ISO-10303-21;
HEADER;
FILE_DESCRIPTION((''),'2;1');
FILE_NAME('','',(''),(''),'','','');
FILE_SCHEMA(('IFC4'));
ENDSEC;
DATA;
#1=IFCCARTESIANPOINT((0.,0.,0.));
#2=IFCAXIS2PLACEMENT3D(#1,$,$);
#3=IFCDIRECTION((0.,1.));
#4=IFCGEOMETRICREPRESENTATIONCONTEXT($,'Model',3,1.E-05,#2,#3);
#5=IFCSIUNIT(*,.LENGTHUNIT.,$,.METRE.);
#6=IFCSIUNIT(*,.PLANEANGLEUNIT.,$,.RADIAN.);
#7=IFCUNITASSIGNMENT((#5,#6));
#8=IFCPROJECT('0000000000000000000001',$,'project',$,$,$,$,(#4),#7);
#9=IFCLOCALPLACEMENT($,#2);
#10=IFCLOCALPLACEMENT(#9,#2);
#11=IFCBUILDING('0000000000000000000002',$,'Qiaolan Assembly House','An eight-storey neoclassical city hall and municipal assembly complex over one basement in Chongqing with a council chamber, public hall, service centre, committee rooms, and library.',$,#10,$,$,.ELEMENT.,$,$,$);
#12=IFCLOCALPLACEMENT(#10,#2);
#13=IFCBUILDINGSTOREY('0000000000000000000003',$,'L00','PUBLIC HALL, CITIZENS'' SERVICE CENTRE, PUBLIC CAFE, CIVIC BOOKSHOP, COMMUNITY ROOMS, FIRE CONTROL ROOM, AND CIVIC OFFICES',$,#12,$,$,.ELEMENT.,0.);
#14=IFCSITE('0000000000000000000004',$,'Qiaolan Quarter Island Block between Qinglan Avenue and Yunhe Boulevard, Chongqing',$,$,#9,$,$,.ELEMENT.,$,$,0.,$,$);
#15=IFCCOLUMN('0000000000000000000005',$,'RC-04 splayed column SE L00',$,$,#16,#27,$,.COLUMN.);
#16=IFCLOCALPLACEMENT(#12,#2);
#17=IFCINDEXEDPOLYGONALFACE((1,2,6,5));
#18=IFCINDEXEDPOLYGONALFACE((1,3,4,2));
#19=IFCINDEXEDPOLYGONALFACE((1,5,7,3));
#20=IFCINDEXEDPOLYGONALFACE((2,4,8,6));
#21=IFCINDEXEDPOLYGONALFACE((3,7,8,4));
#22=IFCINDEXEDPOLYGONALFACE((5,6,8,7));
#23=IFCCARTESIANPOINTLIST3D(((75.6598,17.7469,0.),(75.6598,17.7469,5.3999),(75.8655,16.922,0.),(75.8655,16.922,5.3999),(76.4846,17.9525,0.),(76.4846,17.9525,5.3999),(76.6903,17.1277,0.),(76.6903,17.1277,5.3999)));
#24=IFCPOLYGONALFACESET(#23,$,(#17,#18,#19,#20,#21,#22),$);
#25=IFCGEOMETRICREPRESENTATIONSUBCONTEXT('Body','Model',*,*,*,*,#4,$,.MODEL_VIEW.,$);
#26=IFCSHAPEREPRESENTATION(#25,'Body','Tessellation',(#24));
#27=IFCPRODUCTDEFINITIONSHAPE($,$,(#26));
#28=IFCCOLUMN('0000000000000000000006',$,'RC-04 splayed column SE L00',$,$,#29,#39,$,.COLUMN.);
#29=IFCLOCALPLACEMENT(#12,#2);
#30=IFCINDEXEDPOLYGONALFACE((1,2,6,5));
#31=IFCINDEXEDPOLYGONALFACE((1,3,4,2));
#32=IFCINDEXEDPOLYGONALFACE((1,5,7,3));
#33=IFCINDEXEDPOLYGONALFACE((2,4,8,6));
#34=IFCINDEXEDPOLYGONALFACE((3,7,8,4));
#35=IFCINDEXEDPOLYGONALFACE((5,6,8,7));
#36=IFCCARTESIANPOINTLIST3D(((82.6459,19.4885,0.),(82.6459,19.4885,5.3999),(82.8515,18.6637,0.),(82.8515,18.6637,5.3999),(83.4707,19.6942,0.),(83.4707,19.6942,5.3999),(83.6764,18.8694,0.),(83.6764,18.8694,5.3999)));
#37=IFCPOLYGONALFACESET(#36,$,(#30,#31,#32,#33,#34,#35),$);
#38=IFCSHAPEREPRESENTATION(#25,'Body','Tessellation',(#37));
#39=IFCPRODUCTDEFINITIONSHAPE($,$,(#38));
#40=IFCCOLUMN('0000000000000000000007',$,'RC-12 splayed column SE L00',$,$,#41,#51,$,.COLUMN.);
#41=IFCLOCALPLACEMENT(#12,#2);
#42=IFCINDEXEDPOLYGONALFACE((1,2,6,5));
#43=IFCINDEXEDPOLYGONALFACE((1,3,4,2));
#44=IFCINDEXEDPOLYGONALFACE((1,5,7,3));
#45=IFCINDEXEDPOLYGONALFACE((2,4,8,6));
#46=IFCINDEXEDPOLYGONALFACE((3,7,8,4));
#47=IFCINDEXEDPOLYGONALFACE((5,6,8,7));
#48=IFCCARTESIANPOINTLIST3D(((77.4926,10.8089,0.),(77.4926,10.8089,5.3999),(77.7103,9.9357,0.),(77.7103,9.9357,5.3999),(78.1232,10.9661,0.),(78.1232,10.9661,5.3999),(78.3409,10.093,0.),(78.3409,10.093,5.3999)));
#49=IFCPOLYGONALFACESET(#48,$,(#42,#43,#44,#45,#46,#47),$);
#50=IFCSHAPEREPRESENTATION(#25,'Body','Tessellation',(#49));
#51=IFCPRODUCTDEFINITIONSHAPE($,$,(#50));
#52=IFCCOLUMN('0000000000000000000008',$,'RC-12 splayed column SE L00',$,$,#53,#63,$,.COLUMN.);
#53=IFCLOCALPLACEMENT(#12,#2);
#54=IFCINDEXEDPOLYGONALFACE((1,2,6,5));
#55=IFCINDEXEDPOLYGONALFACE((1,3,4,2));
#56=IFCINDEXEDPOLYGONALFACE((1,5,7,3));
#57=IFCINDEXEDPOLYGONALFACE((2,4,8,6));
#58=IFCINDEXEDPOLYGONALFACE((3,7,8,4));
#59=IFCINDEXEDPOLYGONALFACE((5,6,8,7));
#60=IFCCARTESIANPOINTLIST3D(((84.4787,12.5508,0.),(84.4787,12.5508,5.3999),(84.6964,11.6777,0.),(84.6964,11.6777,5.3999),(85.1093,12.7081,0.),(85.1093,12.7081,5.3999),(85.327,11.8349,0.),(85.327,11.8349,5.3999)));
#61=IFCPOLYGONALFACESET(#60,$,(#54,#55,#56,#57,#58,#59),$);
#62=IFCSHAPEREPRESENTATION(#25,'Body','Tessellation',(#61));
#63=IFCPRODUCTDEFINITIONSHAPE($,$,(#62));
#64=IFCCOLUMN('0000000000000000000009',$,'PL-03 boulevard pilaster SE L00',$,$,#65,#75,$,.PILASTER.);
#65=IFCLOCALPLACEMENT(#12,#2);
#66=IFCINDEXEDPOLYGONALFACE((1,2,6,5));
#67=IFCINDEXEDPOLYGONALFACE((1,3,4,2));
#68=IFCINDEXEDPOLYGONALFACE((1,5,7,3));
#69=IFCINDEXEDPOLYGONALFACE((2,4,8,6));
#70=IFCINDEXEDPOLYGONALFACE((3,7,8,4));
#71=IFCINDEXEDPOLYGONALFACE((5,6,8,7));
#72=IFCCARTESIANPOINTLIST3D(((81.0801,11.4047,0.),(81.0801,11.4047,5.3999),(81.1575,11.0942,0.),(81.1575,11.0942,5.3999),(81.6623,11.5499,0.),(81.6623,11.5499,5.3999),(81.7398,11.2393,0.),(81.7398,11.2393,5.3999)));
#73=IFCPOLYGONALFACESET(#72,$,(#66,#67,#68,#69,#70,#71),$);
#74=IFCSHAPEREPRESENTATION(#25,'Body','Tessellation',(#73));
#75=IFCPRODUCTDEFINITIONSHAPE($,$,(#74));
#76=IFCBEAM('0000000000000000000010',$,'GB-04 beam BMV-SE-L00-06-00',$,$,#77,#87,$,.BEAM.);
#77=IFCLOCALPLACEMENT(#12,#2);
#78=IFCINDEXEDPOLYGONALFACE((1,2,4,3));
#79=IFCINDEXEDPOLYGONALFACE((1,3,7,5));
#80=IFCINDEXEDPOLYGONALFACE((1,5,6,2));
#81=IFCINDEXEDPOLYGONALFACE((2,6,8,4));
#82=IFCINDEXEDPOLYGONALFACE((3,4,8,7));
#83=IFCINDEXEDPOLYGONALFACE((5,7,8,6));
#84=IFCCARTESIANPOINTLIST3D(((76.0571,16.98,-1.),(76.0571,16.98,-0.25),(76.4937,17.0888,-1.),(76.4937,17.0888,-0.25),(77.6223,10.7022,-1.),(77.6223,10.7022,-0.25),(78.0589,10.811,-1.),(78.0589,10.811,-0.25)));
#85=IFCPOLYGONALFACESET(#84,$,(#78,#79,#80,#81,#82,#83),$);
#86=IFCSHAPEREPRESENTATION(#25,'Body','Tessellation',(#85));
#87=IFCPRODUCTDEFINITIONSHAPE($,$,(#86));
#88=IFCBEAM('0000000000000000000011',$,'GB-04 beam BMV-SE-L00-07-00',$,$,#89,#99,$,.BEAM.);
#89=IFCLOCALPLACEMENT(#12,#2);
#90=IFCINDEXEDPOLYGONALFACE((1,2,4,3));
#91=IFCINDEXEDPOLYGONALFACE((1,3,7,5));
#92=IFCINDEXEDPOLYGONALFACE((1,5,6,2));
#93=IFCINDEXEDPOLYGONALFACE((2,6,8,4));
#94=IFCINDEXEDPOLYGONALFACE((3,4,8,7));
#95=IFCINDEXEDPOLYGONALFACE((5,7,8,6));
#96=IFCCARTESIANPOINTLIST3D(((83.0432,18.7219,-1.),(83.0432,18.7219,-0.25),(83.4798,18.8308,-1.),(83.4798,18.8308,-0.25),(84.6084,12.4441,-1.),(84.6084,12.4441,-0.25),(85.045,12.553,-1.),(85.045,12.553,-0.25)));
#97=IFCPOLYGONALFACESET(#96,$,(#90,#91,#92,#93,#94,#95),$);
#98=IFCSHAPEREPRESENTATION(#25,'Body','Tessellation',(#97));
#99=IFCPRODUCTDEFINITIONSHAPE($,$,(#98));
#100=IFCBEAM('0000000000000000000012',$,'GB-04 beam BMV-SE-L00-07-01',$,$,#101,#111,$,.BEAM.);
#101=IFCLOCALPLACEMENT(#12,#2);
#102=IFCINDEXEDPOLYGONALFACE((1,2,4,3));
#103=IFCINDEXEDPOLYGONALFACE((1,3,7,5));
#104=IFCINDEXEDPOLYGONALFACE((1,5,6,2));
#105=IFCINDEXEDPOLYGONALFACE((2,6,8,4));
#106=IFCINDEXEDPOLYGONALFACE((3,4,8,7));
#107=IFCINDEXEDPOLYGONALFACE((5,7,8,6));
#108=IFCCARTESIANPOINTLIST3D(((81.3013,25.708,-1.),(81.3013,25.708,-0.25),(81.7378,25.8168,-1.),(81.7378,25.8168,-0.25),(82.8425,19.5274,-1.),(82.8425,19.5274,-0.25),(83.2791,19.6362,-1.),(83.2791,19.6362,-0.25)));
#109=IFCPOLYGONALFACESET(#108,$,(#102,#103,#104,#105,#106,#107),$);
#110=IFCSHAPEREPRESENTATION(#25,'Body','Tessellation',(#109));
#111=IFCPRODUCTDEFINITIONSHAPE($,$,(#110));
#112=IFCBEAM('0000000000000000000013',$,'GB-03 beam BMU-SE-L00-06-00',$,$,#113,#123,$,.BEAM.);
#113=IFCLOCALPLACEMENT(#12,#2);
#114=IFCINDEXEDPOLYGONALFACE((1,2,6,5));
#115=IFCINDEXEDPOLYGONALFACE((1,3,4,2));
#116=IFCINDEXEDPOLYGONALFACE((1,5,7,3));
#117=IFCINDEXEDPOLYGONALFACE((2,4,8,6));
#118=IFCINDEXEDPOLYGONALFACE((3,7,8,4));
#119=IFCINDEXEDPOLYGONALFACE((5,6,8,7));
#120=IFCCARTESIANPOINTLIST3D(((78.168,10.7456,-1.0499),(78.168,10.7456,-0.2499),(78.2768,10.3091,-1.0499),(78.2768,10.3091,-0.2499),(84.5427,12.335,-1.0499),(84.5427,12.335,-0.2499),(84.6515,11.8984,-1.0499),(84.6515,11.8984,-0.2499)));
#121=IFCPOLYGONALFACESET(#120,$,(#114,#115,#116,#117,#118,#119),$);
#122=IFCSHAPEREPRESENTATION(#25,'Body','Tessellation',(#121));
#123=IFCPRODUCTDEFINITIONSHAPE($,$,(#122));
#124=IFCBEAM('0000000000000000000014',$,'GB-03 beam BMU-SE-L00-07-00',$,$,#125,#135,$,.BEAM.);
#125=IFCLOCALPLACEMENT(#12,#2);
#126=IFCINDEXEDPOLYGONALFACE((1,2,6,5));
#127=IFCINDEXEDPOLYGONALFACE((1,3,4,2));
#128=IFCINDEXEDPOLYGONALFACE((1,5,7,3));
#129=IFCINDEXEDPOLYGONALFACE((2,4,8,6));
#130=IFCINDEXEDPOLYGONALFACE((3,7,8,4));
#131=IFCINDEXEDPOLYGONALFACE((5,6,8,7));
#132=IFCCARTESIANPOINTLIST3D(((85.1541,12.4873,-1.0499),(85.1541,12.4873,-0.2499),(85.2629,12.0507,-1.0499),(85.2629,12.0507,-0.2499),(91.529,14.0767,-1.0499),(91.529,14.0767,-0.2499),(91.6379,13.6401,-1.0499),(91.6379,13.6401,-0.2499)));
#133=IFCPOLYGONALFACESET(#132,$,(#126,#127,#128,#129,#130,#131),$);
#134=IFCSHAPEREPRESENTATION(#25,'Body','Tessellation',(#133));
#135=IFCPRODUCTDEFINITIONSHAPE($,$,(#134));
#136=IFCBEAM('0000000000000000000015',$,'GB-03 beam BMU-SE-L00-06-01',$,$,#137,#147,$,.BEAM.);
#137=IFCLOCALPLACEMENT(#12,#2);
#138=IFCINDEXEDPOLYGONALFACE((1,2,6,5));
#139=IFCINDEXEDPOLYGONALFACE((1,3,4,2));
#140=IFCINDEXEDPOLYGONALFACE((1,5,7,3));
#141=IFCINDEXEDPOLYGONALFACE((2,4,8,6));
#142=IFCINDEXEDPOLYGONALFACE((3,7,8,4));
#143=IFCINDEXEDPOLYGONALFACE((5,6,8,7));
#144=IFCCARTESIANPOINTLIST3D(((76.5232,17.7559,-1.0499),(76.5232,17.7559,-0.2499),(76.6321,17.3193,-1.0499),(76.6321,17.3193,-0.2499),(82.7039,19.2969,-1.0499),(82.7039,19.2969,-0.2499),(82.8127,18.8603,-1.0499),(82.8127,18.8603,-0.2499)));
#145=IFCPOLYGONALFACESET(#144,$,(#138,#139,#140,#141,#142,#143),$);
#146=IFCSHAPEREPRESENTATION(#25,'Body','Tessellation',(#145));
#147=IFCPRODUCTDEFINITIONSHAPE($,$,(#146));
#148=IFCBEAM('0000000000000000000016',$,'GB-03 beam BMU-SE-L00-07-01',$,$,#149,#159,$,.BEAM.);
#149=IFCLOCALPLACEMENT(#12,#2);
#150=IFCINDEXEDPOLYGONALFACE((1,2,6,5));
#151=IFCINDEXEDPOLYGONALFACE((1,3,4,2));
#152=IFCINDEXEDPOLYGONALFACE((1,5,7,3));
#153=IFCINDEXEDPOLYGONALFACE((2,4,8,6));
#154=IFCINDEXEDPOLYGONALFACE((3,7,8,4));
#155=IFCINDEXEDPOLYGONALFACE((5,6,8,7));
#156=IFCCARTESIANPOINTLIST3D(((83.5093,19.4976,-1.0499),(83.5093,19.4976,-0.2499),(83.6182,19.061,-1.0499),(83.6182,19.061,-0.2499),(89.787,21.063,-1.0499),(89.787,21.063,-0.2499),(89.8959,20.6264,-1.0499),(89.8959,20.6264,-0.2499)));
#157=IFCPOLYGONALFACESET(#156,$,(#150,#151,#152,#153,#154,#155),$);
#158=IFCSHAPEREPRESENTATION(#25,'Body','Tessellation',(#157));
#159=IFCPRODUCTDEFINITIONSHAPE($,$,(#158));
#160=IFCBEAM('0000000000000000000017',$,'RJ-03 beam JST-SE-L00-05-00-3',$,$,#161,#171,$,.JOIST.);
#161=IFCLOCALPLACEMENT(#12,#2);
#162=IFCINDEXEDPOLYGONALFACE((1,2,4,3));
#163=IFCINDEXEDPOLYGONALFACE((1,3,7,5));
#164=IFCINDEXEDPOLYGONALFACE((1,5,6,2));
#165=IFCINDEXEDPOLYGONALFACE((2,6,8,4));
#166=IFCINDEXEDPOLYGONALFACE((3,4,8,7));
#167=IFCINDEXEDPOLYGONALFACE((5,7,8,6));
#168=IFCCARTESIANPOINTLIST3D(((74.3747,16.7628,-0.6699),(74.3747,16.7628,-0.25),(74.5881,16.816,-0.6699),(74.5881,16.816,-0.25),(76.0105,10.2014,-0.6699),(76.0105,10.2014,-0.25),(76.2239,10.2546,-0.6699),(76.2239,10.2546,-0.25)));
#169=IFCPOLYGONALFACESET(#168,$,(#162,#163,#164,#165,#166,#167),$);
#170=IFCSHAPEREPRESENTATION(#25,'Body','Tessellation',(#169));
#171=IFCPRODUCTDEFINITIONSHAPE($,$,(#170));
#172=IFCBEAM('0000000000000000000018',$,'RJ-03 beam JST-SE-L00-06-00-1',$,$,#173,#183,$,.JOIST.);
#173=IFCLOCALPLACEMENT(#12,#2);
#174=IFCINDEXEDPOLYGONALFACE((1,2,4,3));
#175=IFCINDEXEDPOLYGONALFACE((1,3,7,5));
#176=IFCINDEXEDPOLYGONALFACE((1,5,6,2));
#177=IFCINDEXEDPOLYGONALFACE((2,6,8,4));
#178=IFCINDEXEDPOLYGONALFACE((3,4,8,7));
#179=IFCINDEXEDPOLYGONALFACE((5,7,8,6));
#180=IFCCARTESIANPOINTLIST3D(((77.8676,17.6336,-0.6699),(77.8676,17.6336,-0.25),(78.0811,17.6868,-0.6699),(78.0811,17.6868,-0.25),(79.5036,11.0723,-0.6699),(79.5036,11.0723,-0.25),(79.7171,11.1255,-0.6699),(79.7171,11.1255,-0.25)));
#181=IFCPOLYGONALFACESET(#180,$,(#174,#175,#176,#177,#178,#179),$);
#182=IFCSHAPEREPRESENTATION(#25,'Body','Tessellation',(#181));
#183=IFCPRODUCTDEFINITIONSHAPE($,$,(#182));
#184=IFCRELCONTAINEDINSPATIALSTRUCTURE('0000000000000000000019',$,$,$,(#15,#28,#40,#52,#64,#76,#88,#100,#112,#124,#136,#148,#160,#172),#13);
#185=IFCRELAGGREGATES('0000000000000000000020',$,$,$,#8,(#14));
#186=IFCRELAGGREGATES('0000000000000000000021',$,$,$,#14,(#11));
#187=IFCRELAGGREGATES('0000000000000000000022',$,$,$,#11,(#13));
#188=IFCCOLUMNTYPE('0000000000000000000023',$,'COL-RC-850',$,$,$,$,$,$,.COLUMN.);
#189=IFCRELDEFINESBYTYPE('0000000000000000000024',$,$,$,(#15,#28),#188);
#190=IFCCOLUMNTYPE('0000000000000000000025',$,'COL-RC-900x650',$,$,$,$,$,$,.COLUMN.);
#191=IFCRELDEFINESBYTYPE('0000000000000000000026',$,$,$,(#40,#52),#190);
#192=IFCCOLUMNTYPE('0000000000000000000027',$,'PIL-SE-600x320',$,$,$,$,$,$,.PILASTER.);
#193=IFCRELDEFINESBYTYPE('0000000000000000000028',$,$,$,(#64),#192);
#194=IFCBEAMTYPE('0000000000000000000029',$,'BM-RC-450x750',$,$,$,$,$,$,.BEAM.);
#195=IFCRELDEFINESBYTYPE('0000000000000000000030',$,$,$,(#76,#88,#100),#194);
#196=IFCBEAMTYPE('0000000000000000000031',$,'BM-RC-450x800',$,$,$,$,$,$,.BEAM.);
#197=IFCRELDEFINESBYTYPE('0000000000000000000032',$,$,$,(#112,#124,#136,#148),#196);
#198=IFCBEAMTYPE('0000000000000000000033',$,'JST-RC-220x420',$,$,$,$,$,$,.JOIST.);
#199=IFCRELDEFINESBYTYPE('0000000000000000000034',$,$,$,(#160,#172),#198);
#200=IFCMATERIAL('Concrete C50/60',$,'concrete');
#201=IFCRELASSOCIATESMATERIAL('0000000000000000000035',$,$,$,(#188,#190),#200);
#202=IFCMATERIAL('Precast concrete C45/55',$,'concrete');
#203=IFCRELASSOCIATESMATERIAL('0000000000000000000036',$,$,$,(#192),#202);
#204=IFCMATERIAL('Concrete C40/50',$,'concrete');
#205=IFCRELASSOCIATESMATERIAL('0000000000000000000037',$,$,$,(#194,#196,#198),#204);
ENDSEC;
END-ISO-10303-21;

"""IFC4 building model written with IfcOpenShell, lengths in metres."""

from ifc_helpers import new_model, si_unit, direction, frame, origin, origin_2d, place, context, subcontext, project, spatial, rectangle, extrude, material, material_profile, profile_set, type_object, element, save


model = new_model("IFC4")

# Units and contexts
model_context = context("Model", 3, precision=1e-05, world=origin(), true_north=direction((0.0, 1.0)))
body_context = subcontext(model_context, "Body", "Model", "MODEL_VIEW")
ifc_project = project(units=[si_unit("LENGTHUNIT", "METRE"), si_unit("PLANEANGLEUNIT", "RADIAN")], contexts=[model_context])

# Site, building, storey
site_placement = place(None, origin())
site = spatial("IfcSite", under=ifc_project, at=site_placement, Name="Qiaolan Quarter Island Block between Qinglan Avenue and Yunhe Boulevard, Chongqing", CompositionType="ELEMENT", RefElevation=0.0)
building_placement = place(site_placement, origin())
building = spatial("IfcBuilding", under=site, at=building_placement, Name="Qiaolan Assembly House", Description="An eight-storey neoclassical city hall and municipal assembly complex over one basement in Chongqing with a council chamber, public hall, service centre, committee rooms, and library.", CompositionType="ELEMENT")
storey_placement = place(building_placement, origin())
storey = spatial("IfcBuildingStorey", under=building, at=storey_placement, Name="L00", Description="PUBLIC HALL, CITIZENS' SERVICE CENTRE, PUBLIC CAFE, CIVIC BOOKSHOP, COMMUNITY ROOMS, FIRE CONTROL ROOM, AND CIVIC OFFICES", CompositionType="ELEMENT", Elevation=0.0)

# Columns
ifc_material_1 = material(Name="Concrete C50/60", Category="concrete")
ifc_material_profile_1 = material_profile(ifc_material_1, rectangle(XDim=0.8501, YDim=0.8501, at=origin_2d()), Name="RC 850x850")
ifc_profile_set_1 = profile_set([ifc_material_profile_1], Name="Concrete C50/60")
column_type_1 = type_object("IfcColumnType", Name="COL-RC-850", PredefinedType="COLUMN", material=ifc_profile_set_1)
for number, where, z_axis, x_axis, name in (
    (1, (76.175, 17.4373, 0.0), (0.0, 0.0, 1.0), (0.970296, 0.241922, 0.0), "RC-04 splayed column SE L00"),
    (2, (83.1611, 19.179, 0.0), (0.0, 0.0, 1.0), (0.970296, 0.241922, 0.0), "RC-04 splayed column SE L00"),
):
    element("IfcColumn", number, at=place(storey_placement, frame(where, z_axis=z_axis, x_axis=x_axis)), inside=storey, type_object=column_type_1, Name=name, PredefinedType="COLUMN", context=body_context, shape_type="SweptSolid", body=[
        extrude(rectangle(XDim=0.8501, YDim=0.8501, at=origin_2d()), origin(), (0.0, 0.0, 1.0), 5.3999),
    ])
ifc_material_profile_2 = material_profile(ifc_material_1, rectangle(XDim=0.6499, YDim=0.8999, at=origin_2d()), Name="RC 900x650")
ifc_profile_set_2 = profile_set([ifc_material_profile_2], Name="Concrete C50/60")
column_type_2 = type_object("IfcColumnType", Name="COL-RC-900x650", PredefinedType="COLUMN", material=ifc_profile_set_2)
for number, where, z_axis, x_axis, name in (
    (3, (77.9167, 10.4509, 0.0), (0.0, 0.0, 1.0), (0.970296, 0.241922, 0.0), "RC-12 splayed column SE L00"),
    (4, (84.9028, 12.1929, 0.0), (0.0, 0.0, 1.0), (0.970296, 0.241922, 0.0), "RC-12 splayed column SE L00"),
):
    element("IfcColumn", number, at=place(storey_placement, frame(where, z_axis=z_axis, x_axis=x_axis)), inside=storey, type_object=column_type_2, Name=name, PredefinedType="COLUMN", context=body_context, shape_type="SweptSolid", body=[
        extrude(rectangle(XDim=0.6499, YDim=0.8999, at=origin_2d()), origin(), (0.0, 0.0, 1.0), 5.3999),
    ])
ifc_material_2 = material(Name="Precast concrete C45/55", Category="concrete")
ifc_material_profile_3 = material_profile(ifc_material_2, rectangle(XDim=0.6001, YDim=0.3201, at=origin_2d()), Name="PIL 600x320")
ifc_profile_set_3 = profile_set([ifc_material_profile_3], Name="Precast concrete C45/55")
column_type_3 = type_object("IfcColumnType", Name="PIL-SE-600x320", PredefinedType="PILASTER", material=ifc_profile_set_3)
column_placement = place(storey_placement, frame((81.4099, 11.322, 0.0), z_axis=(0.0, 0.0, 1.0), x_axis=(0.970296, 0.241922, 0.0)))
element("IfcColumn", 5, at=column_placement, inside=storey, type_object=column_type_3, Name="PL-03 boulevard pilaster SE L00", PredefinedType="PILASTER", context=body_context, shape_type="SweptSolid", body=[
    extrude(rectangle(XDim=0.6001, YDim=0.3201, at=origin_2d()), origin(), (0.0, 0.0, 1.0), 5.3999),
])

# Beams
ifc_material_3 = material(Name="Concrete C40/50", Category="concrete")
ifc_material_profile_4 = material_profile(ifc_material_3, rectangle(XDim=0.45, YDim=0.75, at=origin_2d()), Name="RCB 450x750")
ifc_profile_set_4 = profile_set([ifc_material_profile_4], Name="Concrete C40/50")
beam_type_1 = type_object("IfcBeamType", Name="BM-RC-450x750", PredefinedType="BEAM", material=ifc_profile_set_4)
for number, where, z_axis, x_axis, name in (
    (6, (77.8406, 10.7566, -0.625), (-0.241914, 0.970298, 0.0), (-0.970298, -0.241914, 0.0), "GB-04 beam BMV-SE-L00-06-00"),
    (7, (84.8267, 12.4985, -0.625), (-0.241914, 0.970298, 0.0), (-0.970298, -0.241914, 0.0), "GB-04 beam BMV-SE-L00-07-00"),
):
    element("IfcBeam", number, at=place(storey_placement, frame(where, z_axis=z_axis, x_axis=x_axis)), inside=storey, type_object=beam_type_1, Name=name, PredefinedType="BEAM", context=body_context, shape_type="SweptSolid", body=[
        extrude(rectangle(XDim=0.45, YDim=0.75, at=origin_2d()), origin(), (0.0, 0.0, 1.0), 6.47),
    ])
beam_1_placement = place(storey_placement, frame((83.0608, 19.5818, -0.625), z_axis=(-0.241958, 0.970287, 0.0), x_axis=(-0.970287, -0.241958, 0.0)))
element("IfcBeam", 8, at=beam_1_placement, inside=storey, type_object=beam_type_1, Name="GB-04 beam BMV-SE-L00-07-01", PredefinedType="BEAM", context=body_context, shape_type="SweptSolid", body=[
    extrude(rectangle(XDim=0.45, YDim=0.75, at=origin_2d()), origin(), (0.0, 0.0, 1.0), 6.3699),
])
ifc_material_profile_5 = material_profile(ifc_material_3, rectangle(XDim=0.45, YDim=0.8, at=origin_2d()), Name="RCB 450x800")
ifc_profile_set_5 = profile_set([ifc_material_profile_5], Name="Concrete C40/50")
beam_type_2 = type_object("IfcBeamType", Name="BM-RC-450x800", PredefinedType="BEAM", material=ifc_profile_set_5)
beam_2_placement = place(storey_placement, frame((78.2224, 10.5273, -0.6499), z_axis=(0.970298, 0.241915, 0.0), x_axis=(-0.241915, 0.970298, 0.0)))
element("IfcBeam", 9, at=beam_2_placement, inside=storey, type_object=beam_type_2, Name="GB-03 beam BMU-SE-L00-06-00", PredefinedType="BEAM", context=body_context, shape_type="SweptSolid", body=[
    extrude(rectangle(XDim=0.45, YDim=0.8, at=origin_2d()), origin(), (0.0, 0.0, 1.0), 6.5698),
])
beam_3_placement = place(storey_placement, frame((85.2085, 12.269, -0.6499), z_axis=(0.9703, 0.241906, 0.0), x_axis=(-0.241906, 0.9703, 0.0)))
element("IfcBeam", 10, at=beam_3_placement, inside=storey, type_object=beam_type_2, Name="GB-03 beam BMU-SE-L00-07-00", PredefinedType="BEAM", context=body_context, shape_type="SweptSolid", body=[
    extrude(rectangle(XDim=0.45, YDim=0.8, at=origin_2d()), origin(), (0.0, 0.0, 1.0), 6.5701),
])
beam_4_placement = place(storey_placement, frame((76.5776, 17.5376, -0.6499), z_axis=(0.970296, 0.241922, 0.0), x_axis=(-0.241922, 0.970296, 0.0)))
element("IfcBeam", 11, at=beam_4_placement, inside=storey, type_object=beam_type_2, Name="GB-03 beam BMU-SE-L00-06-01", PredefinedType="BEAM", context=body_context, shape_type="SweptSolid", body=[
    extrude(rectangle(XDim=0.45, YDim=0.8, at=origin_2d()), origin(), (0.0, 0.0, 1.0), 6.3699),
])
beam_5_placement = place(storey_placement, frame((83.5637, 19.2793, -0.6499), z_axis=(0.970289, 0.24195, 0.0), x_axis=(-0.24195, 0.970289, 0.0)))
element("IfcBeam", 12, at=beam_5_placement, inside=storey, type_object=beam_type_2, Name="GB-03 beam BMU-SE-L00-07-01", PredefinedType="BEAM", context=body_context, shape_type="SweptSolid", body=[
    extrude(rectangle(XDim=0.45, YDim=0.8, at=origin_2d()), origin(), (0.0, 0.0, 1.0), 6.47),
])
ifc_material_profile_6 = material_profile(ifc_material_3, rectangle(XDim=0.22, YDim=0.4199, at=origin_2d()), Name="RCB 220x420")
ifc_profile_set_6 = profile_set([ifc_material_profile_6], Name="Concrete C40/50")
beam_type_3 = type_object("IfcBeamType", Name="JST-RC-220x420", PredefinedType="JOIST", material=ifc_profile_set_6)
for number, where, z_axis, x_axis, name in (
    (13, (76.1172, 10.228, -0.46), (-0.241898, 0.970302, 0.0), (-0.970302, -0.241898, 0.0), "RJ-03 beam JST-SE-L00-05-00-3"),
    (14, (79.6104, 11.0989, -0.46), (-0.241932, 0.970293, 0.0), (-0.970293, -0.241932, 0.0), "RJ-03 beam JST-SE-L00-06-00-1"),
):
    element("IfcBeam", number, at=place(storey_placement, frame(where, z_axis=z_axis, x_axis=x_axis)), inside=storey, type_object=beam_type_3, Name=name, PredefinedType="JOIST", context=body_context, shape_type="SweptSolid", body=[
        extrude(rectangle(XDim=0.22, YDim=0.4199, at=origin_2d()), origin(), (0.0, 0.0, 1.0), 6.7622),
    ])

save(model, "model.ifc")
